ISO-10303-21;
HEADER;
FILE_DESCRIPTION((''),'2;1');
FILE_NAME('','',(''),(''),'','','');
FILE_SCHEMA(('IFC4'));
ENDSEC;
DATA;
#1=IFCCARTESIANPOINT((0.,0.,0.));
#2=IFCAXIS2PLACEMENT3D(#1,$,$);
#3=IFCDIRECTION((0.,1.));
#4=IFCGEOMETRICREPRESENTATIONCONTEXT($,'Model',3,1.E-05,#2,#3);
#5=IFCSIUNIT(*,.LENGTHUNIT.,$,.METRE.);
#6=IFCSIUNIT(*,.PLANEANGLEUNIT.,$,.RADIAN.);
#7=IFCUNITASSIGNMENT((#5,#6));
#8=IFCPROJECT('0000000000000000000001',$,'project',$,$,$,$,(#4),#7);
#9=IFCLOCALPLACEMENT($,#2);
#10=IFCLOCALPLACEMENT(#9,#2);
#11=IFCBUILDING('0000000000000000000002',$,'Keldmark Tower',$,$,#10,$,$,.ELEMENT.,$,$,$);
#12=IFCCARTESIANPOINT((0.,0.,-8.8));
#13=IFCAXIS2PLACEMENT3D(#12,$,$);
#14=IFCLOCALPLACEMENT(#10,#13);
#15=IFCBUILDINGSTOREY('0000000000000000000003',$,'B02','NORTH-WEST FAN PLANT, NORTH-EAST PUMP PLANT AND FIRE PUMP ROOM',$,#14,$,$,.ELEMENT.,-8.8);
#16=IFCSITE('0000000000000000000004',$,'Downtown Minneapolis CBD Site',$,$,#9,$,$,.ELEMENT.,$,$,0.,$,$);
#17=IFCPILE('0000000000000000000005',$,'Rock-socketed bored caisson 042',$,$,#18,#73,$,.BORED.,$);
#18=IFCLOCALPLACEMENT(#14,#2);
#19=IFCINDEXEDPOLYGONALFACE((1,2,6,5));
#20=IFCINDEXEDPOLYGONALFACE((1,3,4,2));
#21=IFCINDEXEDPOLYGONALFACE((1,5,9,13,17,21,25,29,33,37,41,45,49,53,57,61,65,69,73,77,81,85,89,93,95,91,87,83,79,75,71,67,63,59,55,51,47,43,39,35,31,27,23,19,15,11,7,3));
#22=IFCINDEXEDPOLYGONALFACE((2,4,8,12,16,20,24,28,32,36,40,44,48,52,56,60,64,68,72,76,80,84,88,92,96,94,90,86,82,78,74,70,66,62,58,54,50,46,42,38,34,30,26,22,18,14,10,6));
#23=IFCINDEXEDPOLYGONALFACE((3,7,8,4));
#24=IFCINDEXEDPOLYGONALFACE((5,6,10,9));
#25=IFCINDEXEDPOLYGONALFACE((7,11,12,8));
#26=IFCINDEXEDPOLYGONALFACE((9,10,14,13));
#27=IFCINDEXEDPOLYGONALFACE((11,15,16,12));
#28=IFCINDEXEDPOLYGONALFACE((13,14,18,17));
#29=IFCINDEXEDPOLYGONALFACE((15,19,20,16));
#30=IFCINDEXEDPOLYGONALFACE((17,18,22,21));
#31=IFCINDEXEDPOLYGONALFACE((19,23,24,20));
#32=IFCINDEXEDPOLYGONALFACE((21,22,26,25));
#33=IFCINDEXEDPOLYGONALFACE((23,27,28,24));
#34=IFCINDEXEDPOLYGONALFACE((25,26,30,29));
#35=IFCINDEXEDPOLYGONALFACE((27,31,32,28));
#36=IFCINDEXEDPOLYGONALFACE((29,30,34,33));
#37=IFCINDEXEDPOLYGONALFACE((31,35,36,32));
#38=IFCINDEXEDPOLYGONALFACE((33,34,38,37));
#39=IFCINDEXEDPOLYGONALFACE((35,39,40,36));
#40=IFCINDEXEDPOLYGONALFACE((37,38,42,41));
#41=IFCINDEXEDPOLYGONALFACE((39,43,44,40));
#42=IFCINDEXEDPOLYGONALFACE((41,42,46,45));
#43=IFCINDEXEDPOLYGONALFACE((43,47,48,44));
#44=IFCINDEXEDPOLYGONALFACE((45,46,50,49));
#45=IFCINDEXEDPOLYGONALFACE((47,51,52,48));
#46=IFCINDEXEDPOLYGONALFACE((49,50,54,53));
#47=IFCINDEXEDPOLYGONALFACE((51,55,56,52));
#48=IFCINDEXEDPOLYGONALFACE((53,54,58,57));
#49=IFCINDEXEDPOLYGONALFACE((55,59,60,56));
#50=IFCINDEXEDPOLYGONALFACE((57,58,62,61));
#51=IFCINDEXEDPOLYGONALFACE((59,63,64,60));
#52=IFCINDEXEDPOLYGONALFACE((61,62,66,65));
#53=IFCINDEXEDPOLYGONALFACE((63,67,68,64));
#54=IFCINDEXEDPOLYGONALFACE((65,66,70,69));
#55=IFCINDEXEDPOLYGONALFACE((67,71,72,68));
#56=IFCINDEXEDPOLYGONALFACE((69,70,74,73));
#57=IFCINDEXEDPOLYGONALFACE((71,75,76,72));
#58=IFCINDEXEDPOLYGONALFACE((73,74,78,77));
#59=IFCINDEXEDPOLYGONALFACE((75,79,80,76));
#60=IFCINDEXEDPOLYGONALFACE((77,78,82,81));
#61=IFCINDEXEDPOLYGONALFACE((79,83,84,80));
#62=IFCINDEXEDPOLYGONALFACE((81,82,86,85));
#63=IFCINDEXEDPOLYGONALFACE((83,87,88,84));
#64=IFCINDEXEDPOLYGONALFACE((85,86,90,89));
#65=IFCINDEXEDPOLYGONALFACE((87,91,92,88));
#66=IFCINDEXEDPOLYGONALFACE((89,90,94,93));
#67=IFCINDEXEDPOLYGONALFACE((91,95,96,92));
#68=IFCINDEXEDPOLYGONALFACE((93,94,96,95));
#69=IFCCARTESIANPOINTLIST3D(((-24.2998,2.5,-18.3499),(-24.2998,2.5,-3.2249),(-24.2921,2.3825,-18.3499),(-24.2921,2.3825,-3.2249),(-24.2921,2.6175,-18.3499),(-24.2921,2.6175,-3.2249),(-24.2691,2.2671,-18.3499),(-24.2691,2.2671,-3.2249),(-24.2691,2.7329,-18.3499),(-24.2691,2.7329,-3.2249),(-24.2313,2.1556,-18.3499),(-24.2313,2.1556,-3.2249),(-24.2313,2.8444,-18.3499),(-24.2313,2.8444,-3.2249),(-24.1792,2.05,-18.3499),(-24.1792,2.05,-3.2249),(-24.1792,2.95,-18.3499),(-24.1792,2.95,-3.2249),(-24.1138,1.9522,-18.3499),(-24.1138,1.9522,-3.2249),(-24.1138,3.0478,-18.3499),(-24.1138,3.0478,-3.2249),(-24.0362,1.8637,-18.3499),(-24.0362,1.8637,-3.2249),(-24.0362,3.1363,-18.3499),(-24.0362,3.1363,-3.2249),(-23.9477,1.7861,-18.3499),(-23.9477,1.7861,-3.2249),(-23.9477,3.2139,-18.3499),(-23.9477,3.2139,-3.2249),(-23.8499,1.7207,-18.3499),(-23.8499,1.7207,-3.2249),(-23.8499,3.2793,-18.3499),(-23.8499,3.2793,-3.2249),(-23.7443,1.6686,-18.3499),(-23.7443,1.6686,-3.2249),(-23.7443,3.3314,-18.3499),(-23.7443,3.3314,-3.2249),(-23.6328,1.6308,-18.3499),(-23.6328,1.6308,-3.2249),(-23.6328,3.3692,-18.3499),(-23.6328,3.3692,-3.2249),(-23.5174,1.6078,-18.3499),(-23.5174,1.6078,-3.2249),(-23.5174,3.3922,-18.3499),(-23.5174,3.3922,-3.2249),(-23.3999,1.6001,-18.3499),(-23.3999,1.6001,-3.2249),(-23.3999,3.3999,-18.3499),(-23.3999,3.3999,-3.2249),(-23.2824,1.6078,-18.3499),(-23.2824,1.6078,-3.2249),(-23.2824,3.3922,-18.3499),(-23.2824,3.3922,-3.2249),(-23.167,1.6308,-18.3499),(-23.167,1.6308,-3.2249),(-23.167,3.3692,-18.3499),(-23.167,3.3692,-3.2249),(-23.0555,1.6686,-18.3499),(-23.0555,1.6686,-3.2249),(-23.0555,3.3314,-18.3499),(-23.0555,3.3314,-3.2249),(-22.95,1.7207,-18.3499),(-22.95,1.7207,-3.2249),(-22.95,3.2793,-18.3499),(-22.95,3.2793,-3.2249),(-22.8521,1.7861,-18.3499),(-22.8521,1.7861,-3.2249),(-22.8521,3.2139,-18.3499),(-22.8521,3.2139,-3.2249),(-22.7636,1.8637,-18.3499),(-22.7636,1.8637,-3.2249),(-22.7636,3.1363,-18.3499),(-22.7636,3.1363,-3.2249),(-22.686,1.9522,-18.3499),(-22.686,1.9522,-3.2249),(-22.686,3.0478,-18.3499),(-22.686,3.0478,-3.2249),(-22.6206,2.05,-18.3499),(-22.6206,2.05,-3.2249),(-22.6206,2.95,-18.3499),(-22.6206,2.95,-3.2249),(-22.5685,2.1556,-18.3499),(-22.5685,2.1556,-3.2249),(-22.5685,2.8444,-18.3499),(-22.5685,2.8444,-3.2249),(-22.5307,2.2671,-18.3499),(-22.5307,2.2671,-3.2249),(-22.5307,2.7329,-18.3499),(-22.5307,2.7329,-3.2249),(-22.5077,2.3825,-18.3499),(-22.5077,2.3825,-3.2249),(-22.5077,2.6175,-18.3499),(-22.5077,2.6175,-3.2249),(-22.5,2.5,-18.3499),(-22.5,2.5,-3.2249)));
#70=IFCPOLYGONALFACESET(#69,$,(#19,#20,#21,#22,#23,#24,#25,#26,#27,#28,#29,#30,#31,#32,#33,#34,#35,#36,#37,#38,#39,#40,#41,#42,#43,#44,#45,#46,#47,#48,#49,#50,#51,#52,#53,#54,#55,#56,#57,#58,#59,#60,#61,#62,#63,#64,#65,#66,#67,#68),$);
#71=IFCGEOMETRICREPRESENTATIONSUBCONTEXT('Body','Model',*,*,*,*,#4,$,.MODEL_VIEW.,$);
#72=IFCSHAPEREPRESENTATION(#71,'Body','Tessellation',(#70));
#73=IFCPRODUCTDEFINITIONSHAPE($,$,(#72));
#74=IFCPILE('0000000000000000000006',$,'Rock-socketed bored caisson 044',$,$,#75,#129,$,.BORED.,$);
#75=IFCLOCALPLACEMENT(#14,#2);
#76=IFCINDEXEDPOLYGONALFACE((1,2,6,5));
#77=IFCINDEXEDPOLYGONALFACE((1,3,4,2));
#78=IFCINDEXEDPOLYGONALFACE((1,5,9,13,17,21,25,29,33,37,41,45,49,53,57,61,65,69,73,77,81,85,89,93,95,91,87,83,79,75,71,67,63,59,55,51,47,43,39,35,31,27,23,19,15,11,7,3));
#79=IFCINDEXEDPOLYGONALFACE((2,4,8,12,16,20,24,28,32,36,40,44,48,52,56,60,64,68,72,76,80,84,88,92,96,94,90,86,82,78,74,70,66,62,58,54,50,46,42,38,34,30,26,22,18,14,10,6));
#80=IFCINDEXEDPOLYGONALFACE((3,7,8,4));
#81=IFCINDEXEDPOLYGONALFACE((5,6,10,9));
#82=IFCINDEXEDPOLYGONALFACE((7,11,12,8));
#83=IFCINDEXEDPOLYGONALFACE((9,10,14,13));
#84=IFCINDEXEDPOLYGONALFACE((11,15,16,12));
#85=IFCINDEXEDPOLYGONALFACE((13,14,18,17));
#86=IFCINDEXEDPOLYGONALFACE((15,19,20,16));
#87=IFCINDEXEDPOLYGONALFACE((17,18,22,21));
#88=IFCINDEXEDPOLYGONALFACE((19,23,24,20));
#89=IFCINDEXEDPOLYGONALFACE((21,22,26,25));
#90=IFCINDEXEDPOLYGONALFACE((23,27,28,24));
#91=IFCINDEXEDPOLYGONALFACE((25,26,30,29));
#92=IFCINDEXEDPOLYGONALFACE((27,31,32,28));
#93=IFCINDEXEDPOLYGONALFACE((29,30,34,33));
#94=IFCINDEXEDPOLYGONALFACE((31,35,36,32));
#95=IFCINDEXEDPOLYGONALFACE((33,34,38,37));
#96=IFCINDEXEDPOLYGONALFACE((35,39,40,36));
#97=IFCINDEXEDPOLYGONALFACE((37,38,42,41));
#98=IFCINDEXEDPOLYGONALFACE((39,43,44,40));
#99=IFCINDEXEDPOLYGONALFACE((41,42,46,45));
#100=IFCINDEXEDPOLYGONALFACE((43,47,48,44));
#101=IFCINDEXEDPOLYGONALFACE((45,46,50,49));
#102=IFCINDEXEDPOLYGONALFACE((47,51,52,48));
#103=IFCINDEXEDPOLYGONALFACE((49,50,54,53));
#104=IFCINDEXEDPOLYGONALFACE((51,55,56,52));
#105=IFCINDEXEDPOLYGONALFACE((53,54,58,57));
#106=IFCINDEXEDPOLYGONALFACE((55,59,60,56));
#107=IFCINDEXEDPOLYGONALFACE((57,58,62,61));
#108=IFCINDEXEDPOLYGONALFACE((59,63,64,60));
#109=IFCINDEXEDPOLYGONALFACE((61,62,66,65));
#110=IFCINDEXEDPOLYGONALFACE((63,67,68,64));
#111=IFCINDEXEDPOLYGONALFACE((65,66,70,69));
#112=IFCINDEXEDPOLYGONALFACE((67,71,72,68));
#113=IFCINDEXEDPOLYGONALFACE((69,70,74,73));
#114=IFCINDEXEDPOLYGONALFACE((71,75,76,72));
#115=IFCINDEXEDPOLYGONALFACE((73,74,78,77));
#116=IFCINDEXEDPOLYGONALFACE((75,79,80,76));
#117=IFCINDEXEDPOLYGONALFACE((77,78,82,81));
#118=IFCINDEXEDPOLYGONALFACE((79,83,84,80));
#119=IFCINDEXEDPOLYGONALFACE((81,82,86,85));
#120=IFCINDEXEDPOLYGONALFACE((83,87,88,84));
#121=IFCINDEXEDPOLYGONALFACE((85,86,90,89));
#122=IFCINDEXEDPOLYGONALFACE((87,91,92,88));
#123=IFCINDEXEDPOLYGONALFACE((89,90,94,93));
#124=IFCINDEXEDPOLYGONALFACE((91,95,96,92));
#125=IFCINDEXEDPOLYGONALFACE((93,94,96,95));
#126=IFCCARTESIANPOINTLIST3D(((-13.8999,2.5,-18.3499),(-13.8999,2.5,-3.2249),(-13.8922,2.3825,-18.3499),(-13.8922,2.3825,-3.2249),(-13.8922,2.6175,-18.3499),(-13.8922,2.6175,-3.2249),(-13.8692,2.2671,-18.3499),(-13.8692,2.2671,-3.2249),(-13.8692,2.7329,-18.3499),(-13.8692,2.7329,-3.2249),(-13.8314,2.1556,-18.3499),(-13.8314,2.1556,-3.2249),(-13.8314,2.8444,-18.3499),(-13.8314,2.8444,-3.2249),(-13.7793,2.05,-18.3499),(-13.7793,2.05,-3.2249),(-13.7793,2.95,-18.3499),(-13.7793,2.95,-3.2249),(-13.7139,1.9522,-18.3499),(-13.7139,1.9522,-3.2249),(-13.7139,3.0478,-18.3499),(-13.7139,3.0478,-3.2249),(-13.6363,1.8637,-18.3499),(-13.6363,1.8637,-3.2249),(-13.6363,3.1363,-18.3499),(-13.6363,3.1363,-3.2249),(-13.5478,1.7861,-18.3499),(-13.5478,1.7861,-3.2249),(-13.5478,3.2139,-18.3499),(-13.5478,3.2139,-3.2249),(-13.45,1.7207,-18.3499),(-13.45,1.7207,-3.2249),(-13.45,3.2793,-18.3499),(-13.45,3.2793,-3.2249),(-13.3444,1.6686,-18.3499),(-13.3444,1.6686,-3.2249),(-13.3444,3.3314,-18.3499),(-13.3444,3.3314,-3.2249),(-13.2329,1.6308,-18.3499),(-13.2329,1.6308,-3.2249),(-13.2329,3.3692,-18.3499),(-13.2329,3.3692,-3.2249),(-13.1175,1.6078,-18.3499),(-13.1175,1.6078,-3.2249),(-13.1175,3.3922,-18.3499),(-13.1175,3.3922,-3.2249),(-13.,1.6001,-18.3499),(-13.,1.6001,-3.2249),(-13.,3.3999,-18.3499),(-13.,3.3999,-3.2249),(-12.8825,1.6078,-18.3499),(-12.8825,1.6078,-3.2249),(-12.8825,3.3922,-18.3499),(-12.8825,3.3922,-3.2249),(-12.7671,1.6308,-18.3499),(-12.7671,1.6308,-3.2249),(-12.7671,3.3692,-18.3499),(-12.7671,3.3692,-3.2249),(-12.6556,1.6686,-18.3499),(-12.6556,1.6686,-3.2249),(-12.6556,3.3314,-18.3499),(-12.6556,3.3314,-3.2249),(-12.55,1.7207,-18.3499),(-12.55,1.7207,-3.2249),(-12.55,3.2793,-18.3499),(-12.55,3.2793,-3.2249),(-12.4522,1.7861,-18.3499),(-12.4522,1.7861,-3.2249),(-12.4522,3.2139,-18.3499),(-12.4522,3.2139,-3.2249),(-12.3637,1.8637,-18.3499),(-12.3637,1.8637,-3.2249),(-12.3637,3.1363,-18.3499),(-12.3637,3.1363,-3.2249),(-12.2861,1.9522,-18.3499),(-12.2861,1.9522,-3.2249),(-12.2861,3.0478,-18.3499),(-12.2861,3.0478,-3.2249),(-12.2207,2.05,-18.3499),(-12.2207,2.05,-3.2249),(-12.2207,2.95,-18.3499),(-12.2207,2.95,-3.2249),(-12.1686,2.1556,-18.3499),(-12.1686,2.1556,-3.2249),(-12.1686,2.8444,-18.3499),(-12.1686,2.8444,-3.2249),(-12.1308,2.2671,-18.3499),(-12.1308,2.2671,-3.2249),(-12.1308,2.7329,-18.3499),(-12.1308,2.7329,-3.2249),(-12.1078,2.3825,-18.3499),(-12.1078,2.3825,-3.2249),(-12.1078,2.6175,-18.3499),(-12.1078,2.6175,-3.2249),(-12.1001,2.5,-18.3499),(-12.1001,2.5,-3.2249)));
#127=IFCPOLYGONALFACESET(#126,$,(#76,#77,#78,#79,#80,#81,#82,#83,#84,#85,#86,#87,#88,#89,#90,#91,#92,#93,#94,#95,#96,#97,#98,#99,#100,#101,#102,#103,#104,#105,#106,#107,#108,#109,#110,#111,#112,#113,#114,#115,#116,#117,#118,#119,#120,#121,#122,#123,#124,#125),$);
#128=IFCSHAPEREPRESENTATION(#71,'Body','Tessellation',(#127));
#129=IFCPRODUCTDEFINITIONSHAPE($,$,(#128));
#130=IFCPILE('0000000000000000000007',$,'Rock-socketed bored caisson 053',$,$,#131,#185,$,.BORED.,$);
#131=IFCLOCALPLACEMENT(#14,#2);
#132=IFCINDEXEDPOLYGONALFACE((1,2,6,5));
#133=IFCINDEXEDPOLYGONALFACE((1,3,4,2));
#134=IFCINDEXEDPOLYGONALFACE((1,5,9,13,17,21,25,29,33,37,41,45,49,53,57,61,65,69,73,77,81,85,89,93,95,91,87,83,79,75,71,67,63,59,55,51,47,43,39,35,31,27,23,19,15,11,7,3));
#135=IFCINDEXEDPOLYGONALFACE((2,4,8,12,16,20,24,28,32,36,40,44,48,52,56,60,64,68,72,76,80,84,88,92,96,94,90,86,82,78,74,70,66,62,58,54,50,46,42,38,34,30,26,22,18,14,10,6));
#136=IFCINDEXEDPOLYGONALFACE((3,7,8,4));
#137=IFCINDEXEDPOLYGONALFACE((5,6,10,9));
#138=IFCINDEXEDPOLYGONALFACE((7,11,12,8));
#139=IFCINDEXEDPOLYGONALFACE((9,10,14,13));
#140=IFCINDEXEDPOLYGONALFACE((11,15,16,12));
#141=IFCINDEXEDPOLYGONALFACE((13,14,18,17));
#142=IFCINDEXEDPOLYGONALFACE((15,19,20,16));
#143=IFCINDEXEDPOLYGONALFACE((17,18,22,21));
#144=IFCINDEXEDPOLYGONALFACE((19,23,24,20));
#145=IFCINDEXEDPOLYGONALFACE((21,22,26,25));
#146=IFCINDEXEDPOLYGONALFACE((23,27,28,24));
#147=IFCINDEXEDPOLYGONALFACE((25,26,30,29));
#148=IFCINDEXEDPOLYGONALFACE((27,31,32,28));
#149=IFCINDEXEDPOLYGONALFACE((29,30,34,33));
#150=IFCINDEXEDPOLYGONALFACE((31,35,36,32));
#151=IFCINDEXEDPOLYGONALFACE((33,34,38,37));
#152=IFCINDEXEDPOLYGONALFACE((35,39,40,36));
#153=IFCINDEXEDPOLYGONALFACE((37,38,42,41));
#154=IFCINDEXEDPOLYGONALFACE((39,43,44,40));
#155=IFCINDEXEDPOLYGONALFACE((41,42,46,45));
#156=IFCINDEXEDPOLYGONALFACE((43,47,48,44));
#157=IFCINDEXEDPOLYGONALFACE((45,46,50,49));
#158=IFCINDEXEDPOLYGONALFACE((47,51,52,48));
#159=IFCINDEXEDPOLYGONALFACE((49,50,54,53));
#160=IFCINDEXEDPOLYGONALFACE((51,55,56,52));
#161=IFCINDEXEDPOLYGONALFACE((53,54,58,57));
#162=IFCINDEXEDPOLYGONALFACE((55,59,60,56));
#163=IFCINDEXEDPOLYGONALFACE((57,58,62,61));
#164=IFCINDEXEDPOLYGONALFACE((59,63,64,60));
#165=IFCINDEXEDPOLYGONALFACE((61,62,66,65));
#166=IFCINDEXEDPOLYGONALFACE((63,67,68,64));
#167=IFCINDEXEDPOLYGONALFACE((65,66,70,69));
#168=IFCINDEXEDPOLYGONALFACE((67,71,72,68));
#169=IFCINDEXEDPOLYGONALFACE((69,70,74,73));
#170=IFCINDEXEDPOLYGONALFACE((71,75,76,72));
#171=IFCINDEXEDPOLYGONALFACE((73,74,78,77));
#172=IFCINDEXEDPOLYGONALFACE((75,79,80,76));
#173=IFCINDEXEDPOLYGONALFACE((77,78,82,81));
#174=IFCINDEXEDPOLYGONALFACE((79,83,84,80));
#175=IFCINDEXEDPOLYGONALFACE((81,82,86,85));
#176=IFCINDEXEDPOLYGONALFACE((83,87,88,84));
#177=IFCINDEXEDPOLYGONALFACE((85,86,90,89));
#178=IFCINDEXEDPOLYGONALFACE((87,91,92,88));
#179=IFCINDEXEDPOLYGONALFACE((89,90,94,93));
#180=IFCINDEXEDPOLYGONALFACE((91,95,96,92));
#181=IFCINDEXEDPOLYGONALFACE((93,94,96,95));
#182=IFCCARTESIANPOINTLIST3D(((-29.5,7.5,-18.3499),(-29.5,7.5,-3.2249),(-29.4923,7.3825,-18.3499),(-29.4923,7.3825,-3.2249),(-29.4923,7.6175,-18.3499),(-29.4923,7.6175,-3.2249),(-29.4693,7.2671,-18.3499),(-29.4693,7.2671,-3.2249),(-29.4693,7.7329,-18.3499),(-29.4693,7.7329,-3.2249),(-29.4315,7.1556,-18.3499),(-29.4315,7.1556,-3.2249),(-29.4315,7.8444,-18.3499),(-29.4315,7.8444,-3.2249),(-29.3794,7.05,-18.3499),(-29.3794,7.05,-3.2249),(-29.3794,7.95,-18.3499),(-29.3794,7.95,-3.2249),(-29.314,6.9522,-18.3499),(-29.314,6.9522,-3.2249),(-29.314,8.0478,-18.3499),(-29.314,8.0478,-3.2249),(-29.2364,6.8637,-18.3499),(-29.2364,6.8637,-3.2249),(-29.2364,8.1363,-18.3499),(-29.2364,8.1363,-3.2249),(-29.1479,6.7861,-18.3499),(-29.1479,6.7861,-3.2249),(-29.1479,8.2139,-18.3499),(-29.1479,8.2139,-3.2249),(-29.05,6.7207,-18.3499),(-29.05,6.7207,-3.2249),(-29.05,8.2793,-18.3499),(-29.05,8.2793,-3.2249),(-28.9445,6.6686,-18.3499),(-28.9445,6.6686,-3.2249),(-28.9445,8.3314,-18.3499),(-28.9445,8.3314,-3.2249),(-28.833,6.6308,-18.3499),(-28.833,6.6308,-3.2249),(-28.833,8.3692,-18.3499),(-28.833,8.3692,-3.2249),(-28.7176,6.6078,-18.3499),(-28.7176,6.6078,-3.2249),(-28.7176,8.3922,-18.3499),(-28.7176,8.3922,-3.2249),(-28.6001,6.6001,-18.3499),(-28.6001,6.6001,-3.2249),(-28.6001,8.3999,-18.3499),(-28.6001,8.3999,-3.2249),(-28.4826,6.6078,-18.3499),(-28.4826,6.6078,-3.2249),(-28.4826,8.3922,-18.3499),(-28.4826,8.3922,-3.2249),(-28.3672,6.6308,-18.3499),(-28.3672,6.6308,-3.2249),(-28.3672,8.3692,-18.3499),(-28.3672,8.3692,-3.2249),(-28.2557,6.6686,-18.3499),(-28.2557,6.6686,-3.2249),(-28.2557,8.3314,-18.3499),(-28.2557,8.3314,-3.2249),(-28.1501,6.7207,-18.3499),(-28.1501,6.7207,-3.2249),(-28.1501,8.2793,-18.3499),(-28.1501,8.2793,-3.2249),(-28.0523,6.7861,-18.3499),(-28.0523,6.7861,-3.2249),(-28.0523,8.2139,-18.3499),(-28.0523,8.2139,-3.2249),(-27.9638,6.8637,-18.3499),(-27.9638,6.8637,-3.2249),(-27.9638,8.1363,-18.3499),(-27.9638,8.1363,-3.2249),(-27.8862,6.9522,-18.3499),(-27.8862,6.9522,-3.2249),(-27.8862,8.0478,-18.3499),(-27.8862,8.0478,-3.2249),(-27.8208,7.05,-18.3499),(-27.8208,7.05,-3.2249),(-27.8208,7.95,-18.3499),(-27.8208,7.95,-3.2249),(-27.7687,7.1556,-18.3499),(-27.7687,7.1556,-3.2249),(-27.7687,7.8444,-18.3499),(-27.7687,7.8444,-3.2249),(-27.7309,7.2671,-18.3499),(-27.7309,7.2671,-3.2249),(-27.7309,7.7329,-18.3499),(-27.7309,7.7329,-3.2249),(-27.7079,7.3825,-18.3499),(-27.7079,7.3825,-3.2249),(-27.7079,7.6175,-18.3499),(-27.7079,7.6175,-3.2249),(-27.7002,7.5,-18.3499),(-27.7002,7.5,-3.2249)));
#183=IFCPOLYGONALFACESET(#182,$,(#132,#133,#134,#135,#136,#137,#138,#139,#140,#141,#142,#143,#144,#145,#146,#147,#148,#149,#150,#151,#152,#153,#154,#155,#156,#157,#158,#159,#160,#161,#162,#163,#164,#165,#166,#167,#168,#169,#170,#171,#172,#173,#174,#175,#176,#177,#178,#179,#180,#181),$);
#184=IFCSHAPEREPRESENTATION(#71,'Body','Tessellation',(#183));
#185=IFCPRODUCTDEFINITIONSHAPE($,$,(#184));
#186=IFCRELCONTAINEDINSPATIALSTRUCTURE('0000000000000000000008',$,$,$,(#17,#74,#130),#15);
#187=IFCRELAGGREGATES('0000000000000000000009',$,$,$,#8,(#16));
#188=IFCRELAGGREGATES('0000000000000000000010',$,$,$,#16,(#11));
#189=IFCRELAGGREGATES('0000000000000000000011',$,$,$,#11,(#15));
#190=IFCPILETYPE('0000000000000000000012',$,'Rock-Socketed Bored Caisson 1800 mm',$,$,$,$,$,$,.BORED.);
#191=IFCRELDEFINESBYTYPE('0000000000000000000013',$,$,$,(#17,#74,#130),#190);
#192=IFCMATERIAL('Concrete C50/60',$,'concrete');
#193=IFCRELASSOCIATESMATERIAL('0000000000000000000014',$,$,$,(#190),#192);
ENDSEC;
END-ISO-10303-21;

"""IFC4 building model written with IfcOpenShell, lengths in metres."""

from ifc_helpers import new_model, si_unit, direction, frame, origin, origin_2d, place, context, subcontext, project, spatial, circle, extrude, material, material_profile, profile_set, type_object, element, save


model = new_model("IFC4")

# Units and contexts
model_context = context("Model", 3, precision=1e-05, world=origin(), true_north=direction((0.0, 1.0)))
body_context = subcontext(model_context, "Body", "Model", "MODEL_VIEW")
ifc_project = project(units=[si_unit("LENGTHUNIT", "METRE"), si_unit("PLANEANGLEUNIT", "RADIAN")], contexts=[model_context])

# Site, building, storey
site_placement = place(None, origin())
site = spatial("IfcSite", under=ifc_project, at=site_placement, Name="Downtown Minneapolis CBD Site", CompositionType="ELEMENT", RefElevation=0.0)
building_placement = place(site_placement, origin())
building = spatial("IfcBuilding", under=site, at=building_placement, Name="Keldmark Tower", CompositionType="ELEMENT")
storey_placement = place(building_placement, frame((0.0, 0.0, -8.8)))
storey = spatial("IfcBuildingStorey", under=building, at=storey_placement, Name="B02", Description="NORTH-WEST FAN PLANT, NORTH-EAST PUMP PLANT AND FIRE PUMP ROOM", CompositionType="ELEMENT", Elevation=-8.8)

# Piles
ifc_material_1 = material(Name="Concrete C50/60", Category="concrete")
ifc_material_profile_1 = material_profile(ifc_material_1, circle(Radius=0.8999, at=origin_2d()), Name="CAISSON1800")
ifc_profile_set_1 = profile_set([ifc_material_profile_1], Name="Concrete C50/60")
pile_type_1 = type_object("IfcPileType", Name="Rock-Socketed Bored Caisson 1800 mm", PredefinedType="BORED", material=ifc_profile_set_1)
for number, where, z_axis, x_axis, name in (
    (1, (-23.3999, 2.5, -3.2249), (0.0, 0.0, -1.0), (1.0, 0.0, 0.0), "Rock-socketed bored caisson 042"),
    (2, (-13.0, 2.5, -3.2249), (0.0, 0.0, -1.0), (1.0, 0.0, 0.0), "Rock-socketed bored caisson 044"),
    (3, (-28.6001, 7.5, -3.2249), (0.0, 0.0, -1.0), (1.0, 0.0, 0.0), "Rock-socketed bored caisson 053"),
):
    element("IfcPile", number, at=place(storey_placement, frame(where, z_axis=z_axis, x_axis=x_axis)), inside=storey, type_object=pile_type_1, Name=name, PredefinedType="BORED", context=body_context, shape_type="SweptSolid", body=[
        extrude(circle(Radius=0.8999, at=origin_2d()), origin(), (0.0, 0.0, 1.0), 15.125),
    ])

save(model, "model.ifc")
